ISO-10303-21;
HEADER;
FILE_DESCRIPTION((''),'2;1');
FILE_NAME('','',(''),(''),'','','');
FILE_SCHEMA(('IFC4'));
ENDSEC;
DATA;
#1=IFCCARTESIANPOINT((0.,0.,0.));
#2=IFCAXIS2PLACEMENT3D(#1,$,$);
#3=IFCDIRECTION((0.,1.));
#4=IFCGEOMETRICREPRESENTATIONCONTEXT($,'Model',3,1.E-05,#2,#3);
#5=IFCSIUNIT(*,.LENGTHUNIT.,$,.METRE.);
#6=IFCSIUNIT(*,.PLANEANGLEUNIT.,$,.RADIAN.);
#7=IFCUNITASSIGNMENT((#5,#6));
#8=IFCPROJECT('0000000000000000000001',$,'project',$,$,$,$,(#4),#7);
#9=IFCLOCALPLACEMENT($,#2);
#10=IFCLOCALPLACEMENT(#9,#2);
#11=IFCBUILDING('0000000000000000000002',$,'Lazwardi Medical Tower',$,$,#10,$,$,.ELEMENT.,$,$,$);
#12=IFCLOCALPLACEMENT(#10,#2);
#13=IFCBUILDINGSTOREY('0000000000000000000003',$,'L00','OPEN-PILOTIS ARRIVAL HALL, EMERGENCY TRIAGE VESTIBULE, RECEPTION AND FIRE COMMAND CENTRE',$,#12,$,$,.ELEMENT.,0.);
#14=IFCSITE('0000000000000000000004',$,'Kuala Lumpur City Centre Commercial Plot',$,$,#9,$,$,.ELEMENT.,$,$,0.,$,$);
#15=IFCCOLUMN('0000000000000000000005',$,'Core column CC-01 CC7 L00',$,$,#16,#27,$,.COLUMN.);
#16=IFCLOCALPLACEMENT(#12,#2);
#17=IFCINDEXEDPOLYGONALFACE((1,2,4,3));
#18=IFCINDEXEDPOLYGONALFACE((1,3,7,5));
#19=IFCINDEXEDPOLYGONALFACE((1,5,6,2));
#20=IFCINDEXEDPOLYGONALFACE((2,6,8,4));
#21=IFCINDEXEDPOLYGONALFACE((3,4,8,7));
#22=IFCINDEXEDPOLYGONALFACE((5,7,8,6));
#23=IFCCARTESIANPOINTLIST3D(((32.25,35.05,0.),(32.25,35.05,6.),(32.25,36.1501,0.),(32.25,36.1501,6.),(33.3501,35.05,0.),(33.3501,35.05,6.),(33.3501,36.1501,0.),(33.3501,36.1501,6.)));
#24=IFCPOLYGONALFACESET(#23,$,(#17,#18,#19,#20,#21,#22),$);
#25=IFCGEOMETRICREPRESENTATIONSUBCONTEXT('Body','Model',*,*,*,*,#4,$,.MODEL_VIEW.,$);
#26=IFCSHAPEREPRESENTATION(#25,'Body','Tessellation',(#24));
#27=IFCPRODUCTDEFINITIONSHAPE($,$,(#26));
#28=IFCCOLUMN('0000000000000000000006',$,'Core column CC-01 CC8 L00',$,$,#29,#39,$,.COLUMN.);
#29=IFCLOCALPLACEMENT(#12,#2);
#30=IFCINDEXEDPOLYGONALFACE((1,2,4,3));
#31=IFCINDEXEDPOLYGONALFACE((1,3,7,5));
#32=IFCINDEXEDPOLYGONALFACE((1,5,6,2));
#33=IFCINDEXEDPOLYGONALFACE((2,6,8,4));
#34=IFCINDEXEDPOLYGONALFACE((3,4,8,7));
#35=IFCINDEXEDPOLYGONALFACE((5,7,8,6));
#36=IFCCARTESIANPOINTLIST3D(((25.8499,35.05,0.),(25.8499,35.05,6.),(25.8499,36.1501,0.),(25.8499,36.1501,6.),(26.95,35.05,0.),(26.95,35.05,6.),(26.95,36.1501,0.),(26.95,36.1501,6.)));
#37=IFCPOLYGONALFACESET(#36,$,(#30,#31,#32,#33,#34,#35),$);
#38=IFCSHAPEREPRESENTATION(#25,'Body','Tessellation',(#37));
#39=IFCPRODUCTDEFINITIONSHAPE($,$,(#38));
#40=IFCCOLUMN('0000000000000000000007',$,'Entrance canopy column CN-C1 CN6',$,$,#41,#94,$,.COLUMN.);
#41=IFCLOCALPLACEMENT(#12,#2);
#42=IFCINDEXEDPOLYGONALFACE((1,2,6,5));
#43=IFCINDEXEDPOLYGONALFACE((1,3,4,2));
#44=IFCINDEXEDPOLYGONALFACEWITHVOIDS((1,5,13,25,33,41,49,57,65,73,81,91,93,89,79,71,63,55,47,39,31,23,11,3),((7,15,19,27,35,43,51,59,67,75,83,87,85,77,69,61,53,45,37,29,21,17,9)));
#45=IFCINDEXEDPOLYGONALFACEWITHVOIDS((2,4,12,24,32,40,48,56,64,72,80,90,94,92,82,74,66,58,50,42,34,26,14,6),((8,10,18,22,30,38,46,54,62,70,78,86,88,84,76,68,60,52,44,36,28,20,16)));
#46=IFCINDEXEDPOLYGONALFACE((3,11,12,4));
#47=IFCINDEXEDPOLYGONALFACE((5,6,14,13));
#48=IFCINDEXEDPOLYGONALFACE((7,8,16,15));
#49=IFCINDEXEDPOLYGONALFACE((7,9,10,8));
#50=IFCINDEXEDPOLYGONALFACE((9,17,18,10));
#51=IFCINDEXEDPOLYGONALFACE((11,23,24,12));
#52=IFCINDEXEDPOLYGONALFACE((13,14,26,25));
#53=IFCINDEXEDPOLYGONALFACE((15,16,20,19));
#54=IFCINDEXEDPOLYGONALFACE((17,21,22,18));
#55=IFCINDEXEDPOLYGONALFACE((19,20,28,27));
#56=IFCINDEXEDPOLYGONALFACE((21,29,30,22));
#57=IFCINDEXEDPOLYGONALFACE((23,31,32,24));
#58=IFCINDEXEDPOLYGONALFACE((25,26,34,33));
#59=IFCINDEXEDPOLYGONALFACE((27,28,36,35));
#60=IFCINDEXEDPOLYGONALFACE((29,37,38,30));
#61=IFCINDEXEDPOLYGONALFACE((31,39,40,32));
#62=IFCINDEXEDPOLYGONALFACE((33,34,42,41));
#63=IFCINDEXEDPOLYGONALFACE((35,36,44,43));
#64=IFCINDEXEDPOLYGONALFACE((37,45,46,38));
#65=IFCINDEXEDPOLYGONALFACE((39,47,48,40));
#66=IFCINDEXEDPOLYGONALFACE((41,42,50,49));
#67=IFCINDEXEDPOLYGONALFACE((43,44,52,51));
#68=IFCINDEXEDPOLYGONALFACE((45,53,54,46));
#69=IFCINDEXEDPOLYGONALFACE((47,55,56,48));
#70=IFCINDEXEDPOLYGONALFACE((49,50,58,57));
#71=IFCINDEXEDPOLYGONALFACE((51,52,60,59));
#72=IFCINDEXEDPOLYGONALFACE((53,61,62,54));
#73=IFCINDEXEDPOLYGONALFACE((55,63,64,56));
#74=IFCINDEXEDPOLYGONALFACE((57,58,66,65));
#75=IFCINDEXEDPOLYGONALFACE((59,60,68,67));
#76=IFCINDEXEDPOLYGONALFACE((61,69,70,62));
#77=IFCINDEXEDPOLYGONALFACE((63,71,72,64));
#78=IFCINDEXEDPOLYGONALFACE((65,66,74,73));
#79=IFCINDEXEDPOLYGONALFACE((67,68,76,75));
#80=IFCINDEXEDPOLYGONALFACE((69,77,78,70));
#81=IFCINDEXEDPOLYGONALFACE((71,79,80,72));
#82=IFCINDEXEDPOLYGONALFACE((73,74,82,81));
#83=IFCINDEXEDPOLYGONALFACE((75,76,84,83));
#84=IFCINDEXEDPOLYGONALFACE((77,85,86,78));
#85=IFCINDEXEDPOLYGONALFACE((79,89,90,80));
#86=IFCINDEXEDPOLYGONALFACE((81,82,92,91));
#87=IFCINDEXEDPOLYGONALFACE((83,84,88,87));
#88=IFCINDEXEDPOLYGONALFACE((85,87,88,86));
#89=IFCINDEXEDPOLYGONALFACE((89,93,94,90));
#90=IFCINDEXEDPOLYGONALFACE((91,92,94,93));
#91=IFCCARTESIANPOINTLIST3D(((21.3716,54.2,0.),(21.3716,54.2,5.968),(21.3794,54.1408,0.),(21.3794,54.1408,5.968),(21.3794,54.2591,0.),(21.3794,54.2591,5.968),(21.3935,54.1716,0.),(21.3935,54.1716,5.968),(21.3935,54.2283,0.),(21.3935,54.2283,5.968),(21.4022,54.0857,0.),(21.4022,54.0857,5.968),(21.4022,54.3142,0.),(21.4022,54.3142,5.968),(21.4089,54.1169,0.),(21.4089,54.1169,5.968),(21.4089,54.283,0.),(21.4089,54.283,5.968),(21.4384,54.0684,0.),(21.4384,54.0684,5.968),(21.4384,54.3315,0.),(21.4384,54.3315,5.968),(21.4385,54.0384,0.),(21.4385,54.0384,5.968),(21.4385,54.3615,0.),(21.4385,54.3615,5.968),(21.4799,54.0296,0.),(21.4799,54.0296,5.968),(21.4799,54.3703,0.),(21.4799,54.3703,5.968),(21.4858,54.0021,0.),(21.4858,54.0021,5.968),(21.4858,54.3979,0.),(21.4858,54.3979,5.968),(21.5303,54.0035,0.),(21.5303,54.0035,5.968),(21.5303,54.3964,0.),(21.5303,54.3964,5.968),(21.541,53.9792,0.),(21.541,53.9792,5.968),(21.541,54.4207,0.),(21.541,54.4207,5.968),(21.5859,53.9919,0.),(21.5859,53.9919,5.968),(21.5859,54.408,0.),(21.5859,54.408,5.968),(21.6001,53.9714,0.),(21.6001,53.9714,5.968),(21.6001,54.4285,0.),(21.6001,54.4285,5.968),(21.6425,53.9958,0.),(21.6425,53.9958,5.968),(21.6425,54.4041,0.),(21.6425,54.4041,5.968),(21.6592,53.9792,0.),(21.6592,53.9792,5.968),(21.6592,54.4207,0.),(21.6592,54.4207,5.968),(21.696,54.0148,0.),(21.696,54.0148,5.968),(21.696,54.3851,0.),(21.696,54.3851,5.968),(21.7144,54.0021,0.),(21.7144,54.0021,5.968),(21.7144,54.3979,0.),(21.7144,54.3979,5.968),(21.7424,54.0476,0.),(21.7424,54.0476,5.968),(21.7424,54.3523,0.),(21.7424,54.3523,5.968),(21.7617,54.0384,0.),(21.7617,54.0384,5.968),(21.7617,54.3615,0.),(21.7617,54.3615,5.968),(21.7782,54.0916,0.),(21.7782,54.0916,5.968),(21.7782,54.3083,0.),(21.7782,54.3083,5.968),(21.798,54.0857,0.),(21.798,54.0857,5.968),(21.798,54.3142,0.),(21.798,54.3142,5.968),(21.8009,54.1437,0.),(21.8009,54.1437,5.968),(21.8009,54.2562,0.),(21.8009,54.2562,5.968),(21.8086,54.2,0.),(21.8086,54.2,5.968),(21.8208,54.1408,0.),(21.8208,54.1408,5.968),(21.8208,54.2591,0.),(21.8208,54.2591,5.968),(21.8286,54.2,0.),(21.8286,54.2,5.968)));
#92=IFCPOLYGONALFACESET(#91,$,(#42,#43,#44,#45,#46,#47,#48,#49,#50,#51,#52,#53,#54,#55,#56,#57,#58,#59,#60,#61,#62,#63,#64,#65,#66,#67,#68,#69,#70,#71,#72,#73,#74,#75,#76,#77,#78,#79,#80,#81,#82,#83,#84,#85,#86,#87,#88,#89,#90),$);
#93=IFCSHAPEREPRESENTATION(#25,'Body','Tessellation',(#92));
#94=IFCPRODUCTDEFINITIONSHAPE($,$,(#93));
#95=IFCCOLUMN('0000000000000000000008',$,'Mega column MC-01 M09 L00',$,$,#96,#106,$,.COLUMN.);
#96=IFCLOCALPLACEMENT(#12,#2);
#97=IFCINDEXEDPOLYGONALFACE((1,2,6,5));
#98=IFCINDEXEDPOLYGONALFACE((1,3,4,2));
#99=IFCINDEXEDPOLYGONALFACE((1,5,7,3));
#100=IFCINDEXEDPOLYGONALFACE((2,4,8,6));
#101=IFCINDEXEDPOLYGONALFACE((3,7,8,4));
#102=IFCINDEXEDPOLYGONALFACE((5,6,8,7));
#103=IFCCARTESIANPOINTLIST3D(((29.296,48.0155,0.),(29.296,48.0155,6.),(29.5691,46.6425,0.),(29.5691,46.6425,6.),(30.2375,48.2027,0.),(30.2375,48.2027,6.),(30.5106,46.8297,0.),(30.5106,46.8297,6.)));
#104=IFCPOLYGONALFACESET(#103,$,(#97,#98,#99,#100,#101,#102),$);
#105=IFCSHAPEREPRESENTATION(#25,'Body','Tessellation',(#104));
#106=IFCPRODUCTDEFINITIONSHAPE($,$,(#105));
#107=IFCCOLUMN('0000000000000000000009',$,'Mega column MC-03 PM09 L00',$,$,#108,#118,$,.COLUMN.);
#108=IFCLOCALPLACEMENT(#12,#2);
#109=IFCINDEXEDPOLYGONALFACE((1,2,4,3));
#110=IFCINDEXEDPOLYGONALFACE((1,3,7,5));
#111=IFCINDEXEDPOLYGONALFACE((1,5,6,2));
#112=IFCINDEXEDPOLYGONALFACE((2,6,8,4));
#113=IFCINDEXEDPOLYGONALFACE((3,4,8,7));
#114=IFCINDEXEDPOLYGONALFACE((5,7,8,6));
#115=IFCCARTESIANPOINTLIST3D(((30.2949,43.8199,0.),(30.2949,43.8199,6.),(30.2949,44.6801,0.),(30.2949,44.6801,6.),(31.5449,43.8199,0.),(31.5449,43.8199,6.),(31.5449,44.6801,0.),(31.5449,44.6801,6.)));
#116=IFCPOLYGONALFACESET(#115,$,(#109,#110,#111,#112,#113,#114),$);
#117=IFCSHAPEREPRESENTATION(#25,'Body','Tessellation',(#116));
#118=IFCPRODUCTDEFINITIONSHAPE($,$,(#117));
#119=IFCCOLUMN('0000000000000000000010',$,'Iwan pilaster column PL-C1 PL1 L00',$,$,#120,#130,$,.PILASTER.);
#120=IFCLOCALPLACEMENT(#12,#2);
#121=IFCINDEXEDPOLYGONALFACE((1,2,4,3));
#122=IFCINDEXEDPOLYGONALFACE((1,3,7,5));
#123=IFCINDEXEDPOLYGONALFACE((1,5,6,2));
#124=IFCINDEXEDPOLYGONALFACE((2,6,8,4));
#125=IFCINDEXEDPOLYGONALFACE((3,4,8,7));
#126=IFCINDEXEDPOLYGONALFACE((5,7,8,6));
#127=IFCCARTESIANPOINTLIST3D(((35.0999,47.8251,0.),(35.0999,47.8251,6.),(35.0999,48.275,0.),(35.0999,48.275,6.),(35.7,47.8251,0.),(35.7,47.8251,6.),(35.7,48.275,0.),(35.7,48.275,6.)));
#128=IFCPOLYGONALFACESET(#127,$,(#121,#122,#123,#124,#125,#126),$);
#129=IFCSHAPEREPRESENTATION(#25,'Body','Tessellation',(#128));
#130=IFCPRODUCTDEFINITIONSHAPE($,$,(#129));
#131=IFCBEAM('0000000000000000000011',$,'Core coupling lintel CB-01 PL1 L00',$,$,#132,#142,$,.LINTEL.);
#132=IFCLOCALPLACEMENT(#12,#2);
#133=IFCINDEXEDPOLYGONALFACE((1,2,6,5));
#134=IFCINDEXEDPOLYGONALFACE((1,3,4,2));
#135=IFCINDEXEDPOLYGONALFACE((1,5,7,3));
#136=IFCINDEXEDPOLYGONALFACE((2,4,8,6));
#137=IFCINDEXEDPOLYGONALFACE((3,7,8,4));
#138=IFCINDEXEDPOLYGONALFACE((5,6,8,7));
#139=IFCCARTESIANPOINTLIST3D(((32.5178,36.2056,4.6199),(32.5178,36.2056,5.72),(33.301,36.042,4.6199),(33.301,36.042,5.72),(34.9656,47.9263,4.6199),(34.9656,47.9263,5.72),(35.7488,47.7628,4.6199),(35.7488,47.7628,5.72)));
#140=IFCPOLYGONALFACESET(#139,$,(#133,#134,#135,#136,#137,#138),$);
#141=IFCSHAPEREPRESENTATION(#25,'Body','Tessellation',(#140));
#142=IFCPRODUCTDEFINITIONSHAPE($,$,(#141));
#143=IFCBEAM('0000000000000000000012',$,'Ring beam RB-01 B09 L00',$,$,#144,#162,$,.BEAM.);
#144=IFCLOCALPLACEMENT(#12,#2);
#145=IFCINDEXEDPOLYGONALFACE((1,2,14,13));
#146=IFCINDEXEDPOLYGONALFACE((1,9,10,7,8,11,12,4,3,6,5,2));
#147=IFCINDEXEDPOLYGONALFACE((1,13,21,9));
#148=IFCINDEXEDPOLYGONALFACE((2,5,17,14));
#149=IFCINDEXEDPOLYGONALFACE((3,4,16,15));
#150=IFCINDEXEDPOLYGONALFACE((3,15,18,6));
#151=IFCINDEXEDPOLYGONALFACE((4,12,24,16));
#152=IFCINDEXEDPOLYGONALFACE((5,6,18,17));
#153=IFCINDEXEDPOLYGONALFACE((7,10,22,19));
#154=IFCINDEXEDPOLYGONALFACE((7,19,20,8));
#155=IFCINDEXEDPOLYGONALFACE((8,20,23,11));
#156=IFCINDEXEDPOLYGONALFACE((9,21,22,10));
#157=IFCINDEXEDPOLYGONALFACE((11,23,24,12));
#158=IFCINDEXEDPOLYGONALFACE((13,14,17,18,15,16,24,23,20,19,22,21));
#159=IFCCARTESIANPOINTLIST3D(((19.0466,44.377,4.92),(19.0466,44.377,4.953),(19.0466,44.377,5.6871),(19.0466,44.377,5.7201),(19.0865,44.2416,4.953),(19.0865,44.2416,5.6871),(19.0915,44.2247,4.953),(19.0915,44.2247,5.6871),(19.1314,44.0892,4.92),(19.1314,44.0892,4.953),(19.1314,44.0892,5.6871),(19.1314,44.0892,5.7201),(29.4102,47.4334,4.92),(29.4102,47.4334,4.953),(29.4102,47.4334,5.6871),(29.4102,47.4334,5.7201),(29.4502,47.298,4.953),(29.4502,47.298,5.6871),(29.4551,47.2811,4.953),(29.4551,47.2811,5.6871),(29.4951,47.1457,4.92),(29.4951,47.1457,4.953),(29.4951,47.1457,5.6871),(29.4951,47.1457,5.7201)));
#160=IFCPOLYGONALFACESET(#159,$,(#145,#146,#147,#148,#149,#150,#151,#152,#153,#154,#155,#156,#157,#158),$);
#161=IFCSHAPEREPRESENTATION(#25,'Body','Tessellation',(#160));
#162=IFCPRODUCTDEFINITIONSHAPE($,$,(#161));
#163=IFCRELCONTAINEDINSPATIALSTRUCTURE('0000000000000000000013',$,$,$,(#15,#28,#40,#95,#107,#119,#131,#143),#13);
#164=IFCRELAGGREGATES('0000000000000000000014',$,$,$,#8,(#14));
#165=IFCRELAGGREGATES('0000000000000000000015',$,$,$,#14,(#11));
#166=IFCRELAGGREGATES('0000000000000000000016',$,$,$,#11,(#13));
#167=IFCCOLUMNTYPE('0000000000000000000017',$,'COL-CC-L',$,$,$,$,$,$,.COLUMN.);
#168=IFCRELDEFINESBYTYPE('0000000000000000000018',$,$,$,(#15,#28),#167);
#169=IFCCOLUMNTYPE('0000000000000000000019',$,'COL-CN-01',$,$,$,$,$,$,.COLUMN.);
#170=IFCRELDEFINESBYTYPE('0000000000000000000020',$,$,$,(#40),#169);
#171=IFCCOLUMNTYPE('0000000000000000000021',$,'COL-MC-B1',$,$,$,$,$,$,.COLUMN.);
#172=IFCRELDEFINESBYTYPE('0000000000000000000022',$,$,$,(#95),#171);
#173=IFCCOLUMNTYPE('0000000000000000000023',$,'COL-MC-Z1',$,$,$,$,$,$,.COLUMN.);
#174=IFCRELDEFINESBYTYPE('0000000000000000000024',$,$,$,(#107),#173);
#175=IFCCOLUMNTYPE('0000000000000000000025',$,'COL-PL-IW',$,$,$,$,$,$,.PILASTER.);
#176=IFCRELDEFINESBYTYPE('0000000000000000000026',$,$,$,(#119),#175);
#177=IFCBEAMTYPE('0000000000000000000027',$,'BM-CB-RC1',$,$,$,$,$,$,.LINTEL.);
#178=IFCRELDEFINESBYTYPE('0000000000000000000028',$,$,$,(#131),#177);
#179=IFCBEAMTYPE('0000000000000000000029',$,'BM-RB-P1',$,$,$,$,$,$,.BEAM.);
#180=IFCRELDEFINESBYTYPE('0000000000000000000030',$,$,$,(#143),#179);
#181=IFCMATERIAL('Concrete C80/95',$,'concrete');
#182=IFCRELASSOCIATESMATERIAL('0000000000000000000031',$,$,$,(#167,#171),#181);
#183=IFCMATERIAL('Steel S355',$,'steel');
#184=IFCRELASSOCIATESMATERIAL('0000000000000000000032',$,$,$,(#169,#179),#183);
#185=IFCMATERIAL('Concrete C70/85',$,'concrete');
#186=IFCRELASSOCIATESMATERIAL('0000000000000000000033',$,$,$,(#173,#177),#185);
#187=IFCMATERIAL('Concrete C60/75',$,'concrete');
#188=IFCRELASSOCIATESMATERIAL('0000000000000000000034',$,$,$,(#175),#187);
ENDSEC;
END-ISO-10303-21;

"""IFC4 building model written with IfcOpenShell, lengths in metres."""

from ifc_helpers import new_model, si_unit, direction, frame, origin, origin_2d, place, context, subcontext, project, spatial, rectangle, hollow_circle, i_section, extrude, material, material_profile, profile_set, type_object, element, save


model = new_model("IFC4")

# Units and contexts
model_context = context("Model", 3, precision=1e-05, world=origin(), true_north=direction((0.0, 1.0)))
body_context = subcontext(model_context, "Body", "Model", "MODEL_VIEW")
ifc_project = project(units=[si_unit("LENGTHUNIT", "METRE"), si_unit("PLANEANGLEUNIT", "RADIAN")], contexts=[model_context])

# Site, building, storey
site_placement = place(None, origin())
site = spatial("IfcSite", under=ifc_project, at=site_placement, Name="Kuala Lumpur City Centre Commercial Plot", CompositionType="ELEMENT", RefElevation=0.0)
building_placement = place(site_placement, origin())
building = spatial("IfcBuilding", under=site, at=building_placement, Name="Lazwardi Medical Tower", CompositionType="ELEMENT")
storey_placement = place(building_placement, origin())
storey = spatial("IfcBuildingStorey", under=building, at=storey_placement, Name="L00", Description="OPEN-PILOTIS ARRIVAL HALL, EMERGENCY TRIAGE VESTIBULE, RECEPTION AND FIRE COMMAND CENTRE", CompositionType="ELEMENT", Elevation=0.0)

# Columns
ifc_material_1 = material(Name="Concrete C80/95", Category="concrete")
ifc_material_profile_1 = material_profile(ifc_material_1, rectangle(XDim=1.1001, YDim=1.1001, at=origin_2d()), Name="RC 1100x1100")
ifc_profile_set_1 = profile_set([ifc_material_profile_1], Name="Concrete C80/95")
column_type_1 = type_object("IfcColumnType", Name="COL-CC-L", PredefinedType="COLUMN", material=ifc_profile_set_1)
for number, where, z_axis, x_axis, name in (
    (1, (32.8, 35.6001, 0.0), (0.0, 0.0, 1.0), (1.0, 0.0, 0.0), "Core column CC-01 CC7 L00"),
    (2, (26.3999, 35.6001, 0.0), (0.0, 0.0, 1.0), (1.0, 0.0, 0.0), "Core column CC-01 CC8 L00"),
):
    element("IfcColumn", number, at=place(storey_placement, frame(where, z_axis=z_axis, x_axis=x_axis)), inside=storey, type_object=column_type_1, Name=name, PredefinedType="COLUMN", context=body_context, shape_type="SweptSolid", body=[
        extrude(rectangle(XDim=1.1001, YDim=1.1001, at=origin_2d()), origin(), (0.0, 0.0, 1.0), 6.0),
    ])
ifc_material_2 = material(Name="Steel S355", Category="steel")
ifc_material_profile_2 = material_profile(ifc_material_2, hollow_circle(Radius=0.2285, WallThickness=0.02, at=origin_2d()), Name="CHS 457x20")
ifc_profile_set_2 = profile_set([ifc_material_profile_2], Name="Steel S355")
column_type_2 = type_object("IfcColumnType", Name="COL-CN-01", PredefinedType="COLUMN", material=ifc_profile_set_2)
column_1_placement = place(storey_placement, frame((21.6001, 54.2, 0.0), z_axis=(0.0, 0.0, 1.0), x_axis=(1.0, 0.0, 0.0)))
element("IfcColumn", 3, at=column_1_placement, inside=storey, type_object=column_type_2, Name="Entrance canopy column CN-C1 CN6", PredefinedType="COLUMN", context=body_context, shape_type="SweptSolid", body=[
    extrude(hollow_circle(Radius=0.2285, WallThickness=0.02, at=origin_2d()), origin(), (0.0, 0.0, 1.0), 5.968),
])
ifc_material_profile_3 = material_profile(ifc_material_1, rectangle(XDim=1.3999, YDim=0.96, at=origin_2d()), Name="CFT-RECT 1400x960")
ifc_profile_set_3 = profile_set([ifc_material_profile_3], Name="Concrete C80/95")
column_type_3 = type_object("IfcColumnType", Name="COL-MC-B1", PredefinedType="COLUMN", material=ifc_profile_set_3)
column_2_placement = place(storey_placement, frame((29.9033, 47.4226, 0.0), z_axis=(0.0, 0.0, 1.0), x_axis=(-0.19509, 0.980785, 0.0)))
element("IfcColumn", 4, at=column_2_placement, inside=storey, type_object=column_type_3, Name="Mega column MC-01 M09 L00", PredefinedType="COLUMN", context=body_context, shape_type="SweptSolid", body=[
    extrude(rectangle(XDim=1.3999, YDim=0.96, at=origin_2d()), origin(), (0.0, 0.0, 1.0), 6.0),
])
ifc_material_3 = material(Name="Concrete C70/85", Category="concrete")
ifc_material_profile_4 = material_profile(ifc_material_3, rectangle(XDim=1.25, YDim=0.8601, at=origin_2d()), Name="CFT-RECT 1250x860")
ifc_profile_set_4 = profile_set([ifc_material_profile_4], Name="Concrete C70/85")
column_type_4 = type_object("IfcColumnType", Name="COL-MC-Z1", PredefinedType="COLUMN", material=ifc_profile_set_4)
column_3_placement = place(storey_placement, frame((30.9199, 44.25, 0.0), z_axis=(0.0, 0.0, 1.0), x_axis=(1.0, 0.0, 0.0)))
element("IfcColumn", 5, at=column_3_placement, inside=storey, type_object=column_type_4, Name="Mega column MC-03 PM09 L00", PredefinedType="COLUMN", context=body_context, shape_type="SweptSolid", body=[
    extrude(rectangle(XDim=1.25, YDim=0.8601, at=origin_2d()), origin(), (0.0, 0.0, 1.0), 6.0),
])
ifc_material_4 = material(Name="Concrete C60/75", Category="concrete")
ifc_material_profile_5 = material_profile(ifc_material_4, rectangle(XDim=0.6001, YDim=0.45, at=origin_2d()), Name="RC 600x450")
ifc_profile_set_5 = profile_set([ifc_material_profile_5], Name="Concrete C60/75")
column_type_5 = type_object("IfcColumnType", Name="COL-PL-IW", PredefinedType="PILASTER", material=ifc_profile_set_5)
column_4_placement = place(storey_placement, frame((35.3999, 48.05, 0.0), z_axis=(0.0, 0.0, 1.0), x_axis=(1.0, 0.0, 0.0)))
element("IfcColumn", 6, at=column_4_placement, inside=storey, type_object=column_type_5, Name="Iwan pilaster column PL-C1 PL1 L00", PredefinedType="PILASTER", context=body_context, shape_type="SweptSolid", body=[
    extrude(rectangle(XDim=0.6001, YDim=0.45, at=origin_2d()), origin(), (0.0, 0.0, 1.0), 6.0),
])

# Beams
ifc_material_profile_6 = material_profile(ifc_material_3, rectangle(XDim=0.8, YDim=1.1001, at=origin_2d()), Name="RC 800x1100")
ifc_profile_set_6 = profile_set([ifc_material_profile_6], Name="Concrete C70/85")
beam_type_1 = type_object("IfcBeamType", Name="BM-CB-RC1", PredefinedType="LINTEL", material=ifc_profile_set_6)
beam_1_placement = place(storey_placement, frame((32.9094, 36.1238, 5.1699), z_axis=(0.20443, 0.978881, 0.0), x_axis=(-0.978881, 0.20443, 0.0)))
element("IfcBeam", 7, at=beam_1_placement, inside=storey, type_object=beam_type_1, Name="Core coupling lintel CB-01 PL1 L00", PredefinedType="LINTEL", context=body_context, shape_type="SweptSolid", body=[
    extrude(rectangle(XDim=0.8, YDim=1.1001, at=origin_2d()), origin(), (0.0, 0.0, 1.0), 11.9736),
])
ifc_material_profile_7 = material_profile(ifc_material_2, i_section(OverallWidth=0.3, OverallDepth=0.8, WebThickness=0.0176, FlangeThickness=0.033, at=origin_2d()), Name="HEB 800")
ifc_profile_set_7 = profile_set([ifc_material_profile_7], Name="Steel S355")
beam_type_2 = type_object("IfcBeamType", Name="BM-RB-P1", PredefinedType="BEAM", material=ifc_profile_set_7)
beam_2_placement = place(storey_placement, frame((29.4526, 47.2896, 5.3201), z_axis=(-0.959157, -0.282873, 0.0), x_axis=(0.282873, -0.959157, 0.0)))
element("IfcBeam", 8, at=beam_2_placement, inside=storey, type_object=beam_type_2, Name="Ring beam RB-01 B09 L00", PredefinedType="BEAM", context=body_context, shape_type="SweptSolid", body=[
    extrude(i_section(OverallWidth=0.3, OverallDepth=0.8, WebThickness=0.0176, FlangeThickness=0.033, at=origin_2d()), origin(), (0.0, 0.0, 1.0), 10.8049),
])

save(model, "model.ifc")
